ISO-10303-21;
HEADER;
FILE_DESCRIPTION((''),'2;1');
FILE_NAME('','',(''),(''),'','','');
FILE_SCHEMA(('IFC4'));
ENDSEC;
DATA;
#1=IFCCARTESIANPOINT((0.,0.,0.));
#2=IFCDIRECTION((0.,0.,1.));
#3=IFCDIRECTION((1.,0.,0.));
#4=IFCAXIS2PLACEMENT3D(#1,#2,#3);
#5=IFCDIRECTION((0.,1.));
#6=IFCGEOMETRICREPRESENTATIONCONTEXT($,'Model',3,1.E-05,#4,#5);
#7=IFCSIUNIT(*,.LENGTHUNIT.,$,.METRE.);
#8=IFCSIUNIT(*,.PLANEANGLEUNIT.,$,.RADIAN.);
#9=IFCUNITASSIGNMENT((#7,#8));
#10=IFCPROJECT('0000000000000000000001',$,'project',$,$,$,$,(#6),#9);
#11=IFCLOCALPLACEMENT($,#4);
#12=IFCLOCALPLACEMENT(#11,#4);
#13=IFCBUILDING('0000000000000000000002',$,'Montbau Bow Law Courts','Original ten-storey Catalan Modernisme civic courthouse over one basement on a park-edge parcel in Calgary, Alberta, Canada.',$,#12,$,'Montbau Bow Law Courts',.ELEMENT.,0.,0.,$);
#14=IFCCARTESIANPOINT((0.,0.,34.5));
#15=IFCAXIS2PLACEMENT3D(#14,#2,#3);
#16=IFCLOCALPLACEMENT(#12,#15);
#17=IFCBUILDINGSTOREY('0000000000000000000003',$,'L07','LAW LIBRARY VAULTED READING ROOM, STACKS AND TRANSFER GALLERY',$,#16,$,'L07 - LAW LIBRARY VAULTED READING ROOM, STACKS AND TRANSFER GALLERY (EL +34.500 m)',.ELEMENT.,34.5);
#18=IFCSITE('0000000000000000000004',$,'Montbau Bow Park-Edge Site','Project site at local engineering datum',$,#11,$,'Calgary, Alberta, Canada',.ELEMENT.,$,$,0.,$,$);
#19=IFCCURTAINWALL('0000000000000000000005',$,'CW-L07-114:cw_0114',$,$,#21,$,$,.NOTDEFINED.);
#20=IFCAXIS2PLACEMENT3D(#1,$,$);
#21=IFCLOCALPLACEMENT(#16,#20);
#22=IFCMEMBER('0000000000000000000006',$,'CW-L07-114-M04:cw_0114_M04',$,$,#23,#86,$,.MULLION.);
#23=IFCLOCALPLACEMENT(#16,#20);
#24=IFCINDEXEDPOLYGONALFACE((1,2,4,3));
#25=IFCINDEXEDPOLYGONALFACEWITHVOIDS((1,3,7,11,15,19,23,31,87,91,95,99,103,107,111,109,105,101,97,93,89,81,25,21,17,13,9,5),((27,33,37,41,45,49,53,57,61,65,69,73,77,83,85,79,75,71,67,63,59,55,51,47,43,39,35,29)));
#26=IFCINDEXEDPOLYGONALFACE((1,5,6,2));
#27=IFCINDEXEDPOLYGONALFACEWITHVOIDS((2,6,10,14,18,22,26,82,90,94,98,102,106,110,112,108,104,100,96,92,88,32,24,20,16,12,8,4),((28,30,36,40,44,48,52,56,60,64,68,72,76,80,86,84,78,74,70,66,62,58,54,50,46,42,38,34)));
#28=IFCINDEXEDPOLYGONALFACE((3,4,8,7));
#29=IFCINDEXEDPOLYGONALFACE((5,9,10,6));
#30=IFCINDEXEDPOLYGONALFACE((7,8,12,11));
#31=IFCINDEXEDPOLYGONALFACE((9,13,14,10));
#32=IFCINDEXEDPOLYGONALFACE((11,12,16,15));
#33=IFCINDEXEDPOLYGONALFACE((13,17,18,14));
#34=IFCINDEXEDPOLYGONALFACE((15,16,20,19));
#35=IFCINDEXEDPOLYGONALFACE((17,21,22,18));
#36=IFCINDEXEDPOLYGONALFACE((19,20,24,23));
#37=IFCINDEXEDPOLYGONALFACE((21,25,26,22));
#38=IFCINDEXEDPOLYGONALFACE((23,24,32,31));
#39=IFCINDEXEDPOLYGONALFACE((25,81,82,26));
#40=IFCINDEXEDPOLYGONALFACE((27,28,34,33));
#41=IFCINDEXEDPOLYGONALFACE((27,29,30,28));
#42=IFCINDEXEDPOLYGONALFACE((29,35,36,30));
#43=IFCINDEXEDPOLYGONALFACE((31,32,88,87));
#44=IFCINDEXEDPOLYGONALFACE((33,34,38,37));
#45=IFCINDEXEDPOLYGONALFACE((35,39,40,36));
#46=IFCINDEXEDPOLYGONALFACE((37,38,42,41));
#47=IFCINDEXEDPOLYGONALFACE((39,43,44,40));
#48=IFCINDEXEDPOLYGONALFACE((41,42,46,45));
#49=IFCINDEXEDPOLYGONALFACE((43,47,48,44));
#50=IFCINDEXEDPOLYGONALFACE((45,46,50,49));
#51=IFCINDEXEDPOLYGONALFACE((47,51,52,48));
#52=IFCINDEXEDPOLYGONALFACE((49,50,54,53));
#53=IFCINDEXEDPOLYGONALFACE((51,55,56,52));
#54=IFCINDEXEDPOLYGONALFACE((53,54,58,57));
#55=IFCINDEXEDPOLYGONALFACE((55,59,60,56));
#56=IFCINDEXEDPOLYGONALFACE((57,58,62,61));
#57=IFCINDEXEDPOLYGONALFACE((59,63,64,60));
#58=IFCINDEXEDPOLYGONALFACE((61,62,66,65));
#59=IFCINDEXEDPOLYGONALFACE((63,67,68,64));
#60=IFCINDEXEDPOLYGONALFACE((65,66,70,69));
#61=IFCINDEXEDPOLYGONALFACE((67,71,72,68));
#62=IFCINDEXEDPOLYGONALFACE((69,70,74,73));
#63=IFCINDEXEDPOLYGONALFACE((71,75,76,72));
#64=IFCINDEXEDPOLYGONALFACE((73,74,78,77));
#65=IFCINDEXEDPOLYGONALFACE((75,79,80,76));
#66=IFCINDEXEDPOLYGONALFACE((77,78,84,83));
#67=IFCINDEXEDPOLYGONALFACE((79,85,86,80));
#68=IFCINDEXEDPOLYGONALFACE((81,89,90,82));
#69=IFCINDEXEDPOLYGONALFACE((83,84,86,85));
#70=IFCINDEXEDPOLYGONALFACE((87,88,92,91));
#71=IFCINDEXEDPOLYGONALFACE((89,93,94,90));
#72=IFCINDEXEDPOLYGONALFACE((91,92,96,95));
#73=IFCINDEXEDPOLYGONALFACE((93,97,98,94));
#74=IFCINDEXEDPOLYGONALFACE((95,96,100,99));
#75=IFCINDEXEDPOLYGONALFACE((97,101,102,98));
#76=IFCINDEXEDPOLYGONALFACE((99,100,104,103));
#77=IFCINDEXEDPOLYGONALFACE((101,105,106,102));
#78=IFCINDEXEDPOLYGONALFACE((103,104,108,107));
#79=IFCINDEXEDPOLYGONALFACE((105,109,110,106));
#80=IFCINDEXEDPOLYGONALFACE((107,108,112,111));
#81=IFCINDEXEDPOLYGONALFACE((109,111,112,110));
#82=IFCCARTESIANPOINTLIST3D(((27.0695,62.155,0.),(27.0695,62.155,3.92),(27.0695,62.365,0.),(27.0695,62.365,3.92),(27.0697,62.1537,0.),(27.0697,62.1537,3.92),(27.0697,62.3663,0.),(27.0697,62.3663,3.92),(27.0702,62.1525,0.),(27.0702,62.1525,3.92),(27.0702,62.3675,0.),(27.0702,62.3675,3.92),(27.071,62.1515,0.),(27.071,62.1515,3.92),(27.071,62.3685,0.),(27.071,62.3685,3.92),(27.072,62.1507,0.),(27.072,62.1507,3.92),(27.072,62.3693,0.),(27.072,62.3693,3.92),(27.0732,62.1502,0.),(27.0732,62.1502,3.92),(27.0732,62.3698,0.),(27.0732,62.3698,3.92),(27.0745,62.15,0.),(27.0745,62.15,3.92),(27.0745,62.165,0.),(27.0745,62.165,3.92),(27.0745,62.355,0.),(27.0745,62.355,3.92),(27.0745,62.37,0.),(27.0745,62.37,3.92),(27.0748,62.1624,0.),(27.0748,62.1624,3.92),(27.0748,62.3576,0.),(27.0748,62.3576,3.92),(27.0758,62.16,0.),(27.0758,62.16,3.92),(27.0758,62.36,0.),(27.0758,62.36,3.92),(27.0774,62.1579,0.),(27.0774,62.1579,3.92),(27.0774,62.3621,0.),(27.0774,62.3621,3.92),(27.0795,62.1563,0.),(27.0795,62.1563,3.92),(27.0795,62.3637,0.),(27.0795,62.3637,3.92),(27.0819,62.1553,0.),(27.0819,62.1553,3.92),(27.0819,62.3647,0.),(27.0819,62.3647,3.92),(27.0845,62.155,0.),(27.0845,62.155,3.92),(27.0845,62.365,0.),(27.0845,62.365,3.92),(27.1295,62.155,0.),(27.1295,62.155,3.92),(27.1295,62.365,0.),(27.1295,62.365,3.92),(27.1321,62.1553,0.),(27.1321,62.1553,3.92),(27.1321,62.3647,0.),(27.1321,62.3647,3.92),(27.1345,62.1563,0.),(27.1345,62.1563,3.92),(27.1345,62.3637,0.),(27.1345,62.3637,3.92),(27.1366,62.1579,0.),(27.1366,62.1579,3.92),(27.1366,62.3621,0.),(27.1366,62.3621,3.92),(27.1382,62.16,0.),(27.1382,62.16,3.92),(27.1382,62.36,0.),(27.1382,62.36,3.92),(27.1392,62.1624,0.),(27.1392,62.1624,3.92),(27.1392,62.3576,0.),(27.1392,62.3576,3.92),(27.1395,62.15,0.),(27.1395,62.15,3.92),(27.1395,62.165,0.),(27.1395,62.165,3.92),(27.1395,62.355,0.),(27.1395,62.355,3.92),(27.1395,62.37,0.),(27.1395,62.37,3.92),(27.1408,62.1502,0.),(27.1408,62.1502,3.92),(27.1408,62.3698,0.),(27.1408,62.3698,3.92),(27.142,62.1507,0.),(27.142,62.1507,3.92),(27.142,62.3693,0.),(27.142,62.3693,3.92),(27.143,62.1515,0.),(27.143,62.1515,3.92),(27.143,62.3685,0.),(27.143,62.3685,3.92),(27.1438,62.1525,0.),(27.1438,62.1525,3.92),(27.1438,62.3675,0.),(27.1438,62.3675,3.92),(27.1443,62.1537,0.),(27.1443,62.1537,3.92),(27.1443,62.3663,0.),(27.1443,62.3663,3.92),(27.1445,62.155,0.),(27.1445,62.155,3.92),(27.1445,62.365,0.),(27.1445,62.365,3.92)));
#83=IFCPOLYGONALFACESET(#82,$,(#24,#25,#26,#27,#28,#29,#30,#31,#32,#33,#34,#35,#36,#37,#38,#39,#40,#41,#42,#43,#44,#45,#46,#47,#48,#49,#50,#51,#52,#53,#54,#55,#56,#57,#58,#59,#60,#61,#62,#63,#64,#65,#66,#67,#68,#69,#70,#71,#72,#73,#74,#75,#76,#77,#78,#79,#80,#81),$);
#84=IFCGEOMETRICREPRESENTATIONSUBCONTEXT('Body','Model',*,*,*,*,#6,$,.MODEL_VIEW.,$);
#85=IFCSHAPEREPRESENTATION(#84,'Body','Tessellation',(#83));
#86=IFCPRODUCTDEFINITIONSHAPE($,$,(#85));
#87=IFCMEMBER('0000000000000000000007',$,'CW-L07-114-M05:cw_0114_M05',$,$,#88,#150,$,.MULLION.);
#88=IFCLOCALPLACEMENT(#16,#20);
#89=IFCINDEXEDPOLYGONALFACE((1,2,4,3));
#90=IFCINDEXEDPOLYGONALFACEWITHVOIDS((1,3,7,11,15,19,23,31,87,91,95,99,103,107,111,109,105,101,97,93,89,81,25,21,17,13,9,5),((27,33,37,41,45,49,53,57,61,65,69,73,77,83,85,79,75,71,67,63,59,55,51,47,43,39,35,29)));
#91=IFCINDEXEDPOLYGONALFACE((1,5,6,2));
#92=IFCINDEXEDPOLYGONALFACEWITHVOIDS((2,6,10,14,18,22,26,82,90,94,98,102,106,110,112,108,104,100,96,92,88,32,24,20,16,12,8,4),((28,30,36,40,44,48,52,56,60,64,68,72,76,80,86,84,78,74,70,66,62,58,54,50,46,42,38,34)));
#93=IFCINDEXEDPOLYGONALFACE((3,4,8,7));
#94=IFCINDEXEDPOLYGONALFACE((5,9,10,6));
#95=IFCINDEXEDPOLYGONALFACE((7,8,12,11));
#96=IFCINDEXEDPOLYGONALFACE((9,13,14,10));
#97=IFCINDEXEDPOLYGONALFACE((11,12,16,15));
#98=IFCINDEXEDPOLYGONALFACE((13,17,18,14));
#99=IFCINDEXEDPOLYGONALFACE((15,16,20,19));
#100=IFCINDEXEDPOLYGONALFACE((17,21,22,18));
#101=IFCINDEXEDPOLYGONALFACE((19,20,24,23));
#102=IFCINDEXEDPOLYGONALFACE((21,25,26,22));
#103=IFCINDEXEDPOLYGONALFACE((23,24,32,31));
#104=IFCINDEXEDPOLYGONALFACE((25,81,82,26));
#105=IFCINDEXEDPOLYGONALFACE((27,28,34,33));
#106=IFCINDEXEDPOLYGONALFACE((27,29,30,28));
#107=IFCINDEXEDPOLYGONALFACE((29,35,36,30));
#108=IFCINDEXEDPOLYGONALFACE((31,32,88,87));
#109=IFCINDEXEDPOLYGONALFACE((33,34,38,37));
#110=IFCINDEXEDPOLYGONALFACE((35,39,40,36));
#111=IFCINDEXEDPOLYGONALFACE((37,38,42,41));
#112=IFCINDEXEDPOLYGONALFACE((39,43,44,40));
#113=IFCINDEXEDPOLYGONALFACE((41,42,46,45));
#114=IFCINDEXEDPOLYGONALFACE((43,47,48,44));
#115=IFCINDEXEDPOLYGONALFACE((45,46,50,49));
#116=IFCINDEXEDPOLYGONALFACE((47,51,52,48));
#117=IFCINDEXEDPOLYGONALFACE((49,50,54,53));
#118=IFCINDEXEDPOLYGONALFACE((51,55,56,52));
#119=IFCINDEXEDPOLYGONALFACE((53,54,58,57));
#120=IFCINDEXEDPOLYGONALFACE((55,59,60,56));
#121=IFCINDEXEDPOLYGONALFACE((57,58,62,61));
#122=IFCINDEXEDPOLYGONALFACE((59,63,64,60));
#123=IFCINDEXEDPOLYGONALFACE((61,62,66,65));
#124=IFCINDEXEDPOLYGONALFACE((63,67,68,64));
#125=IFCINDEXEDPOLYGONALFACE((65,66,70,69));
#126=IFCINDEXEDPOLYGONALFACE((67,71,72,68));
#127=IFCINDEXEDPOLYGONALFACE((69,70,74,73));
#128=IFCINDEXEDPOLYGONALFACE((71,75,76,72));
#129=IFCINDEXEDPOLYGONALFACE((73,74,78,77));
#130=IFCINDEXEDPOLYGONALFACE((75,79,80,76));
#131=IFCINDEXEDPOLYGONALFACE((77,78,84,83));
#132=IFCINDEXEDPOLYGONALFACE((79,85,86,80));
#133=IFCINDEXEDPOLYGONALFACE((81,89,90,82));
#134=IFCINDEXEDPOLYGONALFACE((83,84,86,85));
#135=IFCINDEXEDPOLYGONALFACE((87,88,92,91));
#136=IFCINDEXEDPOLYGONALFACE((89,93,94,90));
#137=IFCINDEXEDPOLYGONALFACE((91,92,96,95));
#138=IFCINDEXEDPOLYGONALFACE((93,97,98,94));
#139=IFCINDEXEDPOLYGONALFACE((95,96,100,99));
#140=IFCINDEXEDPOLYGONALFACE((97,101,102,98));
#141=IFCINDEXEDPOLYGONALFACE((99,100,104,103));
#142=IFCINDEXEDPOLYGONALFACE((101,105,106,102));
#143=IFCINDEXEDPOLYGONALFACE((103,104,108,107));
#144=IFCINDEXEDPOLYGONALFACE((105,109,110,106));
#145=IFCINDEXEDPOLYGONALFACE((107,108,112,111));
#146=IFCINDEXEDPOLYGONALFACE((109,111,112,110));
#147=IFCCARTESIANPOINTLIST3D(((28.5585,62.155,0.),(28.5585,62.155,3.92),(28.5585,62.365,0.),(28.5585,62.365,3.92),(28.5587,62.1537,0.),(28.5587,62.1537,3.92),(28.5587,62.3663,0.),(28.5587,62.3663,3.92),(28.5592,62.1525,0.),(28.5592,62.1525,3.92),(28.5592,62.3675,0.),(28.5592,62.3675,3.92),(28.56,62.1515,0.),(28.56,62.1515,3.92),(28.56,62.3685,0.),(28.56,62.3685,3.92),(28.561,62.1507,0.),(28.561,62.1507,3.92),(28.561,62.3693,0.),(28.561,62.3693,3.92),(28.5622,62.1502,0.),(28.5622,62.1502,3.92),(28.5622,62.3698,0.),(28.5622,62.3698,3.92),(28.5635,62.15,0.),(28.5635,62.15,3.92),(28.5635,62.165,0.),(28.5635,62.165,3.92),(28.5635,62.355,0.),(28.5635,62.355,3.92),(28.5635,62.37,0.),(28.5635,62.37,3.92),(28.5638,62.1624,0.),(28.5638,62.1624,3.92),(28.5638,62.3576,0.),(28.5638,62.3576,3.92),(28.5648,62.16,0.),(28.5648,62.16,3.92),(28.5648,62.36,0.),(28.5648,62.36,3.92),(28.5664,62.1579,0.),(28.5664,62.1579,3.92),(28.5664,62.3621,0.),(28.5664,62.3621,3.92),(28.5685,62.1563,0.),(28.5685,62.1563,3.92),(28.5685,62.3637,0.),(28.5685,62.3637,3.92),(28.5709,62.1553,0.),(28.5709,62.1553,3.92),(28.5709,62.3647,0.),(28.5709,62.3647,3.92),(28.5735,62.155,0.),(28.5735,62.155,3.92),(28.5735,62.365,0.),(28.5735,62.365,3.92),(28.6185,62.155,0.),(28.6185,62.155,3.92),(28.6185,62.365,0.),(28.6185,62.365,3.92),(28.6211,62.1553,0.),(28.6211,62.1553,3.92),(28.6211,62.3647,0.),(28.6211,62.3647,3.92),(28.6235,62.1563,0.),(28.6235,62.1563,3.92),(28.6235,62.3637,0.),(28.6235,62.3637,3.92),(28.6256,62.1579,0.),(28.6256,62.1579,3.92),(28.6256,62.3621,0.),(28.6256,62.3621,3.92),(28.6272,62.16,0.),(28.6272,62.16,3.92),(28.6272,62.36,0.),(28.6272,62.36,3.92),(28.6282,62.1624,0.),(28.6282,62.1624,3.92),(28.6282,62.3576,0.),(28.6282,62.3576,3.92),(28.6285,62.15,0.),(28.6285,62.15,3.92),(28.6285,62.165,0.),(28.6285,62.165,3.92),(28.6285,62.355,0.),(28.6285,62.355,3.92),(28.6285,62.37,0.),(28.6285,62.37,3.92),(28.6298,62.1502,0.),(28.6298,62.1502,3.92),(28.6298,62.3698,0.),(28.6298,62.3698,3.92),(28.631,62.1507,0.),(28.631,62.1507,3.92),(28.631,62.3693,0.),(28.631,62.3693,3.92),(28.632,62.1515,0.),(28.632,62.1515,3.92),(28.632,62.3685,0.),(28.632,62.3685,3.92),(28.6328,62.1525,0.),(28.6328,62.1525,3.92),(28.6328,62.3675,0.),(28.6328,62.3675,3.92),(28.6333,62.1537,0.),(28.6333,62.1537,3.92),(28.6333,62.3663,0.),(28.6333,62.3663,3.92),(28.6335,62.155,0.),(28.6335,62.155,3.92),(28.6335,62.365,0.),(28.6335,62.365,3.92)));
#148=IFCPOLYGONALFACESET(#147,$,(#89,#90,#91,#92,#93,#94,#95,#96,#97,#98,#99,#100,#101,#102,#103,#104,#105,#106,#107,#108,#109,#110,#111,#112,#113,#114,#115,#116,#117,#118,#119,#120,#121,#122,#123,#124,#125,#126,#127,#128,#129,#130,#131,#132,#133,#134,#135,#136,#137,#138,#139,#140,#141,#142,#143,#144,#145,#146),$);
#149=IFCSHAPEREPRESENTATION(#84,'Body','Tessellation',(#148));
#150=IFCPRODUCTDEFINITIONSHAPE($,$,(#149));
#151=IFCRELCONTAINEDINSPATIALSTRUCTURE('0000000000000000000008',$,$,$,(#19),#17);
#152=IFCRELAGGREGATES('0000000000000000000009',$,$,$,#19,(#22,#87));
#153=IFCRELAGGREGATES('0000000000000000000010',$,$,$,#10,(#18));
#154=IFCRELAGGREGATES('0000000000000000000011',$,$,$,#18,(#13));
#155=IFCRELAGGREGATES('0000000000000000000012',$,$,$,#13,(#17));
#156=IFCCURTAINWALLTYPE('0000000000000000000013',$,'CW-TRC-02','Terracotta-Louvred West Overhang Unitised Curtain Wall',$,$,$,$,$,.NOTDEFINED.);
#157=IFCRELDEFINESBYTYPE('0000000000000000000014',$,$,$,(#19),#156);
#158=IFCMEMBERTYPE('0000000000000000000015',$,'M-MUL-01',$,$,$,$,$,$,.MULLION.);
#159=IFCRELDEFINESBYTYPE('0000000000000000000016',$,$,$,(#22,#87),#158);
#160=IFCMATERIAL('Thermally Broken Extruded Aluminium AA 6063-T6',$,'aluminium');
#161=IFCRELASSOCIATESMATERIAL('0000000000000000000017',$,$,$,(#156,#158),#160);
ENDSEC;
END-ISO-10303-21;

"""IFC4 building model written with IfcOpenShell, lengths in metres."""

from ifc_helpers import new_model, si_unit, direction, frame, origin_with_axes, origin_2d_with_axis, place, context, subcontext, project, spatial, hollow_rectangle, extrude, material, material_profile, profile_set, type_object, element, aggregate, save


model = new_model("IFC4")

# Units and contexts
model_context = context("Model", 3, precision=1e-05, world=origin_with_axes(), true_north=direction((0.0, 1.0)))
body_context = subcontext(model_context, "Body", "Model", "MODEL_VIEW")
ifc_project = project(units=[si_unit("LENGTHUNIT", "METRE"), si_unit("PLANEANGLEUNIT", "RADIAN")], contexts=[model_context])

# Site, building, storey
site_placement = place(None, origin_with_axes())
site = spatial("IfcSite", under=ifc_project, at=site_placement, Name="Montbau Bow Park-Edge Site", Description="Project site at local engineering datum", LongName="Calgary, Alberta, Canada", CompositionType="ELEMENT", RefElevation=0.0)
building_placement = place(site_placement, origin_with_axes())
building = spatial("IfcBuilding", under=site, at=building_placement, Name="Montbau Bow Law Courts", Description="Original ten-storey Catalan Modernisme civic courthouse over one basement on a park-edge parcel in Calgary, Alberta, Canada.", LongName="Montbau Bow Law Courts", CompositionType="ELEMENT", ElevationOfRefHeight=0.0, ElevationOfTerrain=0.0)
storey_placement = place(building_placement, frame((0.0, 0.0, 34.5), z_axis=(0.0, 0.0, 1.0), x_axis=(1.0, 0.0, 0.0)))
storey = spatial("IfcBuildingStorey", under=building, at=storey_placement, Name="L07", Description="LAW LIBRARY VAULTED READING ROOM, STACKS AND TRANSFER GALLERY", LongName="L07 - LAW LIBRARY VAULTED READING ROOM, STACKS AND TRANSFER GALLERY (EL +34.500 m)", CompositionType="ELEMENT", Elevation=34.5)

# Curtain wall, members
ifc_material_1 = material(Name="Thermally Broken Extruded Aluminium AA 6063-T6", Category="aluminium")
curtain_wall_type = type_object("IfcCurtainWallType", Name="CW-TRC-02", Description="Terracotta-Louvred West Overhang Unitised Curtain Wall", PredefinedType="NOTDEFINED", material=ifc_material_1)
curtain_wall_1_placement = place(None, frame((22.64, 62.26, 34.5), z_axis=(0.0, 0.0, 1.0), x_axis=(1.0, 0.0, 0.0)))
curtain_wall_1 = element("IfcCurtainWall", 1, at=curtain_wall_1_placement, inside=storey, type_object=curtain_wall_type, Name="CW-L07-114:cw_0114", PredefinedType="NOTDEFINED")
ifc_material_profile_1 = material_profile(ifc_material_1, hollow_rectangle(XDim=0.075, YDim=0.22, WallThickness=0.005, InnerFilletRadius=0.01, OuterFilletRadius=0.005, at=origin_2d_with_axis()), Name="CWM-220X75", Category="Main", Priority=0)
ifc_profile_set_1 = profile_set([ifc_material_profile_1], Name="Thermally Broken Extruded Aluminium AA 6063-T6")
member_type_1 = type_object("IfcMemberType", Name="M-MUL-01", PredefinedType="MULLION", material=ifc_profile_set_1)
member_1_placement = place(None, frame((27.107, 62.26, 34.5), z_axis=(0.0, 0.0, 1.0), x_axis=(1.0, 0.0, 0.0)))
member_1 = element("IfcMember", 2, at=member_1_placement, type_object=member_type_1, Name="CW-L07-114-M04:cw_0114_M04", PredefinedType="MULLION", context=body_context, shape_type="SweptSolid", body=[
    extrude(hollow_rectangle(XDim=0.075, YDim=0.22, WallThickness=0.005, InnerFilletRadius=0.01, OuterFilletRadius=0.005, at=origin_2d_with_axis()), origin_with_axes(), (0.0, 0.0, 1.0), 3.92),
])
member_2_placement = place(None, frame((28.596, 62.26, 34.5), z_axis=(0.0, 0.0, 1.0), x_axis=(1.0, 0.0, 0.0)))
member_2 = element("IfcMember", 3, at=member_2_placement, type_object=member_type_1, Name="CW-L07-114-M05:cw_0114_M05", PredefinedType="MULLION", context=body_context, shape_type="SweptSolid", body=[
    extrude(hollow_rectangle(XDim=0.075, YDim=0.22, WallThickness=0.005, InnerFilletRadius=0.01, OuterFilletRadius=0.005, at=origin_2d_with_axis()), origin_with_axes(), (0.0, 0.0, 1.0), 3.92),
])

aggregate(curtain_wall_1, [member_1, member_2])

save(model, "model.ifc")
